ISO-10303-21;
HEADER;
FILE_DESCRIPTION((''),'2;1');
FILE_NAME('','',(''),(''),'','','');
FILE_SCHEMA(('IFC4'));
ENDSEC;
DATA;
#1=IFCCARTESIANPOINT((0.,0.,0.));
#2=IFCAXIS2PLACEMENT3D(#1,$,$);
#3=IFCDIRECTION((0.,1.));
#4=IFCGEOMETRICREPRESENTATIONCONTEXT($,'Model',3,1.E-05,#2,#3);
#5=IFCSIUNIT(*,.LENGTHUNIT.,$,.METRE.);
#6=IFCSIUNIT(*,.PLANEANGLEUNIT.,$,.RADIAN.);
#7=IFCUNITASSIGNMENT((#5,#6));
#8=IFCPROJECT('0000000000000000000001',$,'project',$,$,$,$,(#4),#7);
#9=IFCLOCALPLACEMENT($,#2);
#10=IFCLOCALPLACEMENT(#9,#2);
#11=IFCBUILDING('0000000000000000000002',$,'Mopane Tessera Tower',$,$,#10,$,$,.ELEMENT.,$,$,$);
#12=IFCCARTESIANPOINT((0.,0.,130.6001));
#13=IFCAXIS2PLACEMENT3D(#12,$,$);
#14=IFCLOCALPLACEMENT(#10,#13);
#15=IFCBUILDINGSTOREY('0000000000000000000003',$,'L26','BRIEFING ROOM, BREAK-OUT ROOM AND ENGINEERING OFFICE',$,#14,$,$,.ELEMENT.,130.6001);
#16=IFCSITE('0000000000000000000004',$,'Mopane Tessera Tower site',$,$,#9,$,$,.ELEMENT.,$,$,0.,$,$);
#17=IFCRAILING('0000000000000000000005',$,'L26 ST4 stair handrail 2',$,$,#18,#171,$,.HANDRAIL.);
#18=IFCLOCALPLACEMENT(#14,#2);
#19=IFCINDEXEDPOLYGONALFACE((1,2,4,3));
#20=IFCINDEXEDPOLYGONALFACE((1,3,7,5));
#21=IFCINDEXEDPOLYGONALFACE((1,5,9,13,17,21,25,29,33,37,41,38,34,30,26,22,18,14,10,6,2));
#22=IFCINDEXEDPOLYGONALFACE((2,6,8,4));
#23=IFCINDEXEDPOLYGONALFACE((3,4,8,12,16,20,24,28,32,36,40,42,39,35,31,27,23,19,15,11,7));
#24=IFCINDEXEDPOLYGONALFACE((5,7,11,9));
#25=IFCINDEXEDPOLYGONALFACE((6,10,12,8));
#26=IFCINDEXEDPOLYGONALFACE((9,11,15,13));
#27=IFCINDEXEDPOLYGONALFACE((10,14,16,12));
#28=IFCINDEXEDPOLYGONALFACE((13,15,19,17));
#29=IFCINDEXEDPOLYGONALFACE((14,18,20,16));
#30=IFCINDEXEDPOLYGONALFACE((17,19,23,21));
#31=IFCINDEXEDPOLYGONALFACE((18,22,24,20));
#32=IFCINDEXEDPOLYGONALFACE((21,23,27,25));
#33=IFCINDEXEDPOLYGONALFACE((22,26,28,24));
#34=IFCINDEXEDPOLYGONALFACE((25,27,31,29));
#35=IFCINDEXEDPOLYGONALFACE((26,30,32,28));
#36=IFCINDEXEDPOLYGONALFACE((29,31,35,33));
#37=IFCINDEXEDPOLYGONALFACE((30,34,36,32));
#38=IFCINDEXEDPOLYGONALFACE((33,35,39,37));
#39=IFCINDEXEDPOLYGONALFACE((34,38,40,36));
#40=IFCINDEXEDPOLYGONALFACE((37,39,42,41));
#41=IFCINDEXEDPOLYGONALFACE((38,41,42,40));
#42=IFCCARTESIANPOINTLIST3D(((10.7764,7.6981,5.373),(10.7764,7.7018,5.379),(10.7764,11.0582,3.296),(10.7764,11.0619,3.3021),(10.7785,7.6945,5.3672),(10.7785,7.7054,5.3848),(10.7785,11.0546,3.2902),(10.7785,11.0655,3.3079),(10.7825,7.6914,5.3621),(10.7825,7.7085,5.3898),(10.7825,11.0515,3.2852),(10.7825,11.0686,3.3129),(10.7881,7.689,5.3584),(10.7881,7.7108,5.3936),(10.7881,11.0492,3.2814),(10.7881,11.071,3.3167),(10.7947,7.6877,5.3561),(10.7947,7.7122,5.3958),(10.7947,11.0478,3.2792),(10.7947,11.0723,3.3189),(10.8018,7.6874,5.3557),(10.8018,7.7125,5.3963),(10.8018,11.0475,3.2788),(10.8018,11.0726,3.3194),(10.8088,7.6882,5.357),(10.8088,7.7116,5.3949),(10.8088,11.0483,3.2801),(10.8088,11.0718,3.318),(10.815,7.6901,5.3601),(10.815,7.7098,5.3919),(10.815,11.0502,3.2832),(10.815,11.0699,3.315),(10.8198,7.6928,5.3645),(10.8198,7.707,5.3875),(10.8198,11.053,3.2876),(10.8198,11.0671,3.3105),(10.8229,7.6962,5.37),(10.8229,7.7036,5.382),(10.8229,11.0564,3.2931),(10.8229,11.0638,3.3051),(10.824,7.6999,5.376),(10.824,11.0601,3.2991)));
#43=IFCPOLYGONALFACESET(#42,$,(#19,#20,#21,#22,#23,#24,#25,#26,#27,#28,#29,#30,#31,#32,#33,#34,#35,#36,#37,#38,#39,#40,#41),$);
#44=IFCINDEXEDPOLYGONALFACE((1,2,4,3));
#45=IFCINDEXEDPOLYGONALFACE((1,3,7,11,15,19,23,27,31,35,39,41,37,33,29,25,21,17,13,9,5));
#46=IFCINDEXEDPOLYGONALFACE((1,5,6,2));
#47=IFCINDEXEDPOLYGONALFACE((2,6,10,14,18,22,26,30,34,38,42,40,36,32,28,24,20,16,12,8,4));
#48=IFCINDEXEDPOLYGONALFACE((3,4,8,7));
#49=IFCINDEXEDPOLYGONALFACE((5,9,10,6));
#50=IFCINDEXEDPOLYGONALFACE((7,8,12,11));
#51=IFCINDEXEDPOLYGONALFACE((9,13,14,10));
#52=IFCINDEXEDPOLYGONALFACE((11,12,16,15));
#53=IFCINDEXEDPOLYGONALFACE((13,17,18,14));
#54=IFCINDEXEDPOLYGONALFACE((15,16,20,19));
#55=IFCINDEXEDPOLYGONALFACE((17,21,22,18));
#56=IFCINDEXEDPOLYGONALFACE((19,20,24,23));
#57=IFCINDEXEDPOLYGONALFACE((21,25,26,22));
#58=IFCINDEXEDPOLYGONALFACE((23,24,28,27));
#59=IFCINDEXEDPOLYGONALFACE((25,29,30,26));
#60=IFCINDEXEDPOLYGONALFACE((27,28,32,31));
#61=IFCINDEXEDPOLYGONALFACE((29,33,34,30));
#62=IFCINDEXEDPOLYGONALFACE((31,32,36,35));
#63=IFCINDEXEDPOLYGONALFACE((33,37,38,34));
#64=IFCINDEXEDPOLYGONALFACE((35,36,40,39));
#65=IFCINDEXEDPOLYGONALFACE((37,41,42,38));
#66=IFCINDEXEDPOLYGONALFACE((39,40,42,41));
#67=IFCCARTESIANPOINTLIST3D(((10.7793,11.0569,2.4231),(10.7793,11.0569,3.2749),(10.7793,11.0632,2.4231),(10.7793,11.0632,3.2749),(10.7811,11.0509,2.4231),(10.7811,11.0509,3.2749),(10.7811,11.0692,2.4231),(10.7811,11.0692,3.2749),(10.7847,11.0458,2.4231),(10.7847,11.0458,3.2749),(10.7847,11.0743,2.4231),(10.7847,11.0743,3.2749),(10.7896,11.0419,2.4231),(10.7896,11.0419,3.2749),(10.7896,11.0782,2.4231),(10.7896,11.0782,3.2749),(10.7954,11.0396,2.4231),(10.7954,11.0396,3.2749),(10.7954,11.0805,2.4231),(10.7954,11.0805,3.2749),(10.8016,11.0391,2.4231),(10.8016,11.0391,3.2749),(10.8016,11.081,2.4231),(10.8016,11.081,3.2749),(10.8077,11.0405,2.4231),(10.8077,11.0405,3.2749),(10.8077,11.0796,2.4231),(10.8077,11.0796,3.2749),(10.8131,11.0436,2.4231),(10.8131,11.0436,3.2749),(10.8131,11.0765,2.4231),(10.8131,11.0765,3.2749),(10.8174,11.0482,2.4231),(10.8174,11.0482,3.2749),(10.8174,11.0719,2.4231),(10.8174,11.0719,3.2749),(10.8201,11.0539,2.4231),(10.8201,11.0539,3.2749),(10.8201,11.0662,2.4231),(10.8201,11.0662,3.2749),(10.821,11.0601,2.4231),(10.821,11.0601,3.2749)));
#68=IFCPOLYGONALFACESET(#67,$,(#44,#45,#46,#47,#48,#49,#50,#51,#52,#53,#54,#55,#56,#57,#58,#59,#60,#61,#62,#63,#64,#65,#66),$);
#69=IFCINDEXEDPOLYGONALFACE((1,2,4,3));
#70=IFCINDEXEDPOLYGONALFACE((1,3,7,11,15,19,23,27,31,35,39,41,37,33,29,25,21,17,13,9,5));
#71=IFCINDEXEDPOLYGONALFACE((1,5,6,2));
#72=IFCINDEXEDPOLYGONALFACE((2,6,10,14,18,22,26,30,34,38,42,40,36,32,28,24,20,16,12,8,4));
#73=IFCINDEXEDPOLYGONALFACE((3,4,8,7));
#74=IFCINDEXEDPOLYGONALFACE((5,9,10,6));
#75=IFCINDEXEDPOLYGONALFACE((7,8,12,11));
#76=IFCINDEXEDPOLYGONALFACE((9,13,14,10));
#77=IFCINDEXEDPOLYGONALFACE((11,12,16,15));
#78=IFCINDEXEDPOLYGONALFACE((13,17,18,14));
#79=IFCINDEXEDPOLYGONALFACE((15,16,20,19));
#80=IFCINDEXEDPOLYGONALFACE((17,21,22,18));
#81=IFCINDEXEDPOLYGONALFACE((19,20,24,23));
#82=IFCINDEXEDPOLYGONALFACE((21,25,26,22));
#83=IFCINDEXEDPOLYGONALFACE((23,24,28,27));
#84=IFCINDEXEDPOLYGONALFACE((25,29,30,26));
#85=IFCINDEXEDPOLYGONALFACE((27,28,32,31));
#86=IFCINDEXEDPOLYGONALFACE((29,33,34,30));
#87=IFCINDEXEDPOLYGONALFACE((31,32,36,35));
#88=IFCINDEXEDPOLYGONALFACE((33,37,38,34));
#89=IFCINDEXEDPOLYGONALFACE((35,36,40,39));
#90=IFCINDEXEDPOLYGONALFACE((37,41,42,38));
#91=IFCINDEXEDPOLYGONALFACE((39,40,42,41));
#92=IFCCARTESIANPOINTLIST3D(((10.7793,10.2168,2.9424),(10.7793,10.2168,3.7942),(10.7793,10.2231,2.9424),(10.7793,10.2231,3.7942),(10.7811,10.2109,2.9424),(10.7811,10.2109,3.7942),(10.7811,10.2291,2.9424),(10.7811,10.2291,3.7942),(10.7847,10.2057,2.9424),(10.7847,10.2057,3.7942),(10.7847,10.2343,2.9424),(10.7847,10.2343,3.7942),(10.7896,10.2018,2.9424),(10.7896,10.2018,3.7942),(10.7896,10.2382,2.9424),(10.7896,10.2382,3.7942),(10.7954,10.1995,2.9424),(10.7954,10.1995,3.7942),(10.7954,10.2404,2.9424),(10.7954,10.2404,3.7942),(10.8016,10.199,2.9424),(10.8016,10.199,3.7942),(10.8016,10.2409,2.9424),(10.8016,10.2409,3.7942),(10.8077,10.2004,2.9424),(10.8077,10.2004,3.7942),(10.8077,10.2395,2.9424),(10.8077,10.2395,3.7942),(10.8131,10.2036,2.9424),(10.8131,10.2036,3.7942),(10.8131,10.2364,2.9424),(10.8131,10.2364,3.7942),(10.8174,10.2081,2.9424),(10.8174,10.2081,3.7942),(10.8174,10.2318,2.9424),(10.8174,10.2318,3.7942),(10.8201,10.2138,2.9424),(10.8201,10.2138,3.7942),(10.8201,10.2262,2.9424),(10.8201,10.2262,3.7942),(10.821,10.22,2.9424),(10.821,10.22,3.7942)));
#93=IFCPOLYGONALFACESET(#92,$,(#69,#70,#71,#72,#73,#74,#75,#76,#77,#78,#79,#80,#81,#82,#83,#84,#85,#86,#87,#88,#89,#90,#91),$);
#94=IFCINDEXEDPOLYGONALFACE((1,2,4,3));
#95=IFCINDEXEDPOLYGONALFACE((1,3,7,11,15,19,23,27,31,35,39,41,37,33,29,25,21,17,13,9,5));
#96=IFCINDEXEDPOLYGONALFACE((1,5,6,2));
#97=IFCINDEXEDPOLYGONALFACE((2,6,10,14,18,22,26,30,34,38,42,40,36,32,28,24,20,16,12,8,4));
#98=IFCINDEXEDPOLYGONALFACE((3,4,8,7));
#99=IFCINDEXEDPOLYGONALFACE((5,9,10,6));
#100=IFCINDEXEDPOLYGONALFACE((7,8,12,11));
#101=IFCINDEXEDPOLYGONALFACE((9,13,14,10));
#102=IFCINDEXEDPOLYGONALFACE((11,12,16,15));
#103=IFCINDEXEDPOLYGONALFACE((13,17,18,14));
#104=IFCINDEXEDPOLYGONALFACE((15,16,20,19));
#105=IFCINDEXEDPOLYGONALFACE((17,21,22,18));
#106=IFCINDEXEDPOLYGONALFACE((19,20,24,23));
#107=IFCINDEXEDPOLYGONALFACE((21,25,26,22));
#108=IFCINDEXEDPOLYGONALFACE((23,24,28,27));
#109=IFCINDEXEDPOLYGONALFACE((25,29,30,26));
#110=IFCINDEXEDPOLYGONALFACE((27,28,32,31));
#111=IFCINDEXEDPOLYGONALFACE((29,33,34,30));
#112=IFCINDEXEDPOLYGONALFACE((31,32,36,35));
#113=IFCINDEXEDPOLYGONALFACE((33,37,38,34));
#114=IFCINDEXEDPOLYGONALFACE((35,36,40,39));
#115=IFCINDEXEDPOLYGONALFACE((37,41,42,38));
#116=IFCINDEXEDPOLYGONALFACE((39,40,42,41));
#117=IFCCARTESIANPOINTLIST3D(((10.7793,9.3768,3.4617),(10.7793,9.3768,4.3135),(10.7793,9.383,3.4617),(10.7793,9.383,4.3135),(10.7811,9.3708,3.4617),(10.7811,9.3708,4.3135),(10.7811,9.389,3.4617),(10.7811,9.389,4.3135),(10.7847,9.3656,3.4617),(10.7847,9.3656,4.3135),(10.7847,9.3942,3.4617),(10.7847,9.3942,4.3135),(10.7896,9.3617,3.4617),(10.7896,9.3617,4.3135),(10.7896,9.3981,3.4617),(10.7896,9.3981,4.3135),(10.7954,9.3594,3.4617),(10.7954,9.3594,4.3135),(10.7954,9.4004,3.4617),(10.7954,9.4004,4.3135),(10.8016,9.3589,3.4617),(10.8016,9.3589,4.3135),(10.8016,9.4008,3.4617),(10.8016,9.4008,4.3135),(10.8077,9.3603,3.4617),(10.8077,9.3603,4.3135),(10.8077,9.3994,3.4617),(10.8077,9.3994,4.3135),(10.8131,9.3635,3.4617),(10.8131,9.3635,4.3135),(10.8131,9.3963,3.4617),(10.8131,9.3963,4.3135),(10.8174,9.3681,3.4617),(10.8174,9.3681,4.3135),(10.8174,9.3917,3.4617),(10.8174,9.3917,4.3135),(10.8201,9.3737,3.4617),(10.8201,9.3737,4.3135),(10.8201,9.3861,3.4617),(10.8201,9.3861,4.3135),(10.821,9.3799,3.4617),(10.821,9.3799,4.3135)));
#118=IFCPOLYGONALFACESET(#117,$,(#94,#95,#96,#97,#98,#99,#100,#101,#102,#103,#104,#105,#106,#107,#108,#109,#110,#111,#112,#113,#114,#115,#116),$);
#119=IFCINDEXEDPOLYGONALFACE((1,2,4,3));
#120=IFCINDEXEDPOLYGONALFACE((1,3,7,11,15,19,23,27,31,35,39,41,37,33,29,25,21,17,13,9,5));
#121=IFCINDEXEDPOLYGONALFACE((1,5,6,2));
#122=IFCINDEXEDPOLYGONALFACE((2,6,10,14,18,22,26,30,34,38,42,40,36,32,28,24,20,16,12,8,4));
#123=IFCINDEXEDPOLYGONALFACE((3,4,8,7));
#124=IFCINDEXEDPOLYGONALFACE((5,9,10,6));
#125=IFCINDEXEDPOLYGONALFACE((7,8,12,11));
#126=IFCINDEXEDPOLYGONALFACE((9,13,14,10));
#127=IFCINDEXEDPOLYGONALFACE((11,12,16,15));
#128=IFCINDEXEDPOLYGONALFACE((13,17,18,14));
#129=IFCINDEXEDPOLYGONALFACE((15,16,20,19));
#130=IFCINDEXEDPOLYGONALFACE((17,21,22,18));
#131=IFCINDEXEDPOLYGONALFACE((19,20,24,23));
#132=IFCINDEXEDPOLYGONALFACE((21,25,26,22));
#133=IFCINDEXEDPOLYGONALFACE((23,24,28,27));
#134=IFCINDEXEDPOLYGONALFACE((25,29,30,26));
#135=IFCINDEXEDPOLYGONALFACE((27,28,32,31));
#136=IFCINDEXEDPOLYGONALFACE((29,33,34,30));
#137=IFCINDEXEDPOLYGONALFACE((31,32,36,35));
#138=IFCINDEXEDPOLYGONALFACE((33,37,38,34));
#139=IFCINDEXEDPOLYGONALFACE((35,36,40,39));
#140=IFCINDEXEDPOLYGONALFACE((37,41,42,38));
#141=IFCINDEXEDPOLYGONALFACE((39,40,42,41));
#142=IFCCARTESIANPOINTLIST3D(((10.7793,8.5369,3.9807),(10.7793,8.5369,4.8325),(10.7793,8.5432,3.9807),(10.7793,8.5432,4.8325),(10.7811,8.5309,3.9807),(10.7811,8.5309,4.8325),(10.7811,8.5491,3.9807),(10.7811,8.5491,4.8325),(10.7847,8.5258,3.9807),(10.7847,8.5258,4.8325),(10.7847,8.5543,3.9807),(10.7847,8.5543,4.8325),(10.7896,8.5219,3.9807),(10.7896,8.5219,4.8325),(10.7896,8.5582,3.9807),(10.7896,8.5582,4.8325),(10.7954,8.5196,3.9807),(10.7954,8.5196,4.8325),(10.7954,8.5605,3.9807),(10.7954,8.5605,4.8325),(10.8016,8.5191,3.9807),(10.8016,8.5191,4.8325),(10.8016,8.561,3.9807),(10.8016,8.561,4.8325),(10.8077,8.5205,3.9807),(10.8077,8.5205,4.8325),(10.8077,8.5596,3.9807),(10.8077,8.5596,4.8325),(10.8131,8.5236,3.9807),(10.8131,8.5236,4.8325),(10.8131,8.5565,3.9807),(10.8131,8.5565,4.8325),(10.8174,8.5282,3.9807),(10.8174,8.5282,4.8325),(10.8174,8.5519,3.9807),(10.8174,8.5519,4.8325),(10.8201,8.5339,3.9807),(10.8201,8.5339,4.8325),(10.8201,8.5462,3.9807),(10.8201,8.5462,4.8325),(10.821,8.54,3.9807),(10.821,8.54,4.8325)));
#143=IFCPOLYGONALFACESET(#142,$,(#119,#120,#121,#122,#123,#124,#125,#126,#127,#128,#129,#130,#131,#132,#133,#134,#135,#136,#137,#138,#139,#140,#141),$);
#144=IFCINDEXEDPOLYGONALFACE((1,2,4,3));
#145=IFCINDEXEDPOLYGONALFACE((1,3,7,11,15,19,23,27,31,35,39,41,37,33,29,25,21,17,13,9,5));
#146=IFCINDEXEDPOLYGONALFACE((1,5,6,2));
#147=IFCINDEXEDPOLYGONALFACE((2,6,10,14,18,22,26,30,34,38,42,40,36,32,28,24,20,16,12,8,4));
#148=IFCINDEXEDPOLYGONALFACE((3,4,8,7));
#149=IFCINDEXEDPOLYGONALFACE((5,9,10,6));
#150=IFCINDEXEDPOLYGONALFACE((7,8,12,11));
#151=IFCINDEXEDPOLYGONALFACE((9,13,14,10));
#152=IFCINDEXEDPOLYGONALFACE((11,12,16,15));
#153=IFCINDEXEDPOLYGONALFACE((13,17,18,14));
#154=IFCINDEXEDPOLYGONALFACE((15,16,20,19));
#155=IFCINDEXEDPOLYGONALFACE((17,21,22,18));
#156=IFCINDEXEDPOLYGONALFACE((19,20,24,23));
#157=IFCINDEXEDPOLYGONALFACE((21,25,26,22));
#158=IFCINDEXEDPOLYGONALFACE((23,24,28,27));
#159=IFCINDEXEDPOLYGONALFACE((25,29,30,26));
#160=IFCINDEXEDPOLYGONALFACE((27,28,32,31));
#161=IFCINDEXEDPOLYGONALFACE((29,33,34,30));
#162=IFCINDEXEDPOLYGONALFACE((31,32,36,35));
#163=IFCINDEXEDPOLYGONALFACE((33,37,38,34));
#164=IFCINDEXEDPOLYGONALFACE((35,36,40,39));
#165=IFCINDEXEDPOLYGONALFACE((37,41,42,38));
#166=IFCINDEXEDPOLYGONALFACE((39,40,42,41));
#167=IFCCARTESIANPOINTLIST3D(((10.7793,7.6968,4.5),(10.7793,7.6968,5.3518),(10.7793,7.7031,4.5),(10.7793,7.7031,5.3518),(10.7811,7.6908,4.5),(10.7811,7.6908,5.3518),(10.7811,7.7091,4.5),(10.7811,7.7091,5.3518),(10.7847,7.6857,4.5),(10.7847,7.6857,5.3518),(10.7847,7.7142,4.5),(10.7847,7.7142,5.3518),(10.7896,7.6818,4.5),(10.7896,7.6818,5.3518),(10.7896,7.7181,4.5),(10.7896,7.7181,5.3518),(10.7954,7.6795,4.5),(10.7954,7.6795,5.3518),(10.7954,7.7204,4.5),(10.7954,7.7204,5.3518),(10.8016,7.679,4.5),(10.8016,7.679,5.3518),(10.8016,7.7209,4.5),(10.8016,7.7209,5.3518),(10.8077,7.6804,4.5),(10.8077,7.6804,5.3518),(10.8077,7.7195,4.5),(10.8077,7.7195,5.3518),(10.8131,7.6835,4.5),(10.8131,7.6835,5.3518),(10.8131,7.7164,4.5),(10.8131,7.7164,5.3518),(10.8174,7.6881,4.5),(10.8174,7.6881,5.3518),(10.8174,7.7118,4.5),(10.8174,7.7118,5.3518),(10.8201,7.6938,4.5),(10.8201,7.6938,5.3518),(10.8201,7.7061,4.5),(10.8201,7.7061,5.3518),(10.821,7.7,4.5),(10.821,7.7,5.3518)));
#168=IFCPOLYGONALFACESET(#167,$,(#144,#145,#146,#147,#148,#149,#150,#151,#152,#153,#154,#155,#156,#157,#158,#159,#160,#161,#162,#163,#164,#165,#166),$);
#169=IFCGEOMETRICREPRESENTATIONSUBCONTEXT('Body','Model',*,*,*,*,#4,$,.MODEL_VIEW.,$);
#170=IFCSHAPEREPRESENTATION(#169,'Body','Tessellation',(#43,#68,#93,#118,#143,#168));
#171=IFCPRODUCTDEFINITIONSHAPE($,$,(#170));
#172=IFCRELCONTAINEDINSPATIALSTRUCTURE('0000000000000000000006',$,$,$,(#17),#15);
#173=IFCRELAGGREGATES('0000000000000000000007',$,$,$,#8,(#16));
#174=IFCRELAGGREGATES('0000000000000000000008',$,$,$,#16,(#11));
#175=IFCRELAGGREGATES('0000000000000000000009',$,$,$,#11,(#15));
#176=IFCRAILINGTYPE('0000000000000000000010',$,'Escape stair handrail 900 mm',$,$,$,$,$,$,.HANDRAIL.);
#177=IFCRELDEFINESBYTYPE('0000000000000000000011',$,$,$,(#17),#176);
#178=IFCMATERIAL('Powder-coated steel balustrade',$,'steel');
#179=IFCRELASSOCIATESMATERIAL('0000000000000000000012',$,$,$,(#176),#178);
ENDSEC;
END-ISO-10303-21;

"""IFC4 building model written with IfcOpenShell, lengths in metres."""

from ifc_helpers import new_model, si_unit, direction, frame, origin, origin_2d, place, context, subcontext, project, spatial, circle, extrude, material, type_object, element, save


model = new_model("IFC4")

# Units and contexts
model_context = context("Model", 3, precision=1e-05, world=origin(), true_north=direction((0.0, 1.0)))
body_context = subcontext(model_context, "Body", "Model", "MODEL_VIEW")
ifc_project = project(units=[si_unit("LENGTHUNIT", "METRE"), si_unit("PLANEANGLEUNIT", "RADIAN")], contexts=[model_context])

# Site, building, storey
site_placement = place(None, origin())
site = spatial("IfcSite", under=ifc_project, at=site_placement, Name="Mopane Tessera Tower site", CompositionType="ELEMENT", RefElevation=0.0)
building_placement = place(site_placement, origin())
building = spatial("IfcBuilding", under=site, at=building_placement, Name="Mopane Tessera Tower", CompositionType="ELEMENT")
storey_placement = place(building_placement, frame((0.0, 0.0, 130.6001)))
storey = spatial("IfcBuildingStorey", under=building, at=storey_placement, Name="L26", Description="BRIEFING ROOM, BREAK-OUT ROOM AND ENGINEERING OFFICE", CompositionType="ELEMENT", Elevation=130.6001)

# Railing
ifc_material_1 = material(Name="Powder-coated steel balustrade", Category="steel")
railing_type_1 = type_object("IfcRailingType", Name="Escape stair handrail 900 mm", PredefinedType="HANDRAIL", material=ifc_material_1)
railing_1_placement = place(storey_placement, frame((10.8, 11.0601, 2.4231)))
element("IfcRailing", 1, at=railing_1_placement, inside=storey, type_object=railing_type_1, Name="L26 ST4 stair handrail 2", PredefinedType="HANDRAIL", context=body_context, shape_type="SweptSolid", body=[
    extrude(circle(Radius=0.0239, at=origin_2d()), frame((0.0, 0.0, 0.876), z_axis=(0.0, -0.850623, 0.525776), x_axis=(1.0, 0.0, 0.0)), (0.0, 0.0, 1.0), 3.9502),
    extrude(circle(Radius=0.021, at=origin_2d()), origin(), (0.0, 0.0, 1.0), 0.8518),
    extrude(circle(Radius=0.021, at=origin_2d()), frame((0.0, -0.8401, 0.5193)), (0.0, 0.0, 1.0), 0.8518),
    extrude(circle(Radius=0.021, at=origin_2d()), frame((0.0, -1.6802, 1.0386)), (0.0, 0.0, 1.0), 0.8518),
    extrude(circle(Radius=0.021, at=origin_2d()), frame((0.0, -2.52, 1.5576)), (0.0, 0.0, 1.0), 0.8518),
    extrude(circle(Radius=0.021, at=origin_2d()), frame((0.0, -3.3601, 2.0769)), (0.0, 0.0, 1.0), 0.8518),
])

save(model, "model.ifc")
